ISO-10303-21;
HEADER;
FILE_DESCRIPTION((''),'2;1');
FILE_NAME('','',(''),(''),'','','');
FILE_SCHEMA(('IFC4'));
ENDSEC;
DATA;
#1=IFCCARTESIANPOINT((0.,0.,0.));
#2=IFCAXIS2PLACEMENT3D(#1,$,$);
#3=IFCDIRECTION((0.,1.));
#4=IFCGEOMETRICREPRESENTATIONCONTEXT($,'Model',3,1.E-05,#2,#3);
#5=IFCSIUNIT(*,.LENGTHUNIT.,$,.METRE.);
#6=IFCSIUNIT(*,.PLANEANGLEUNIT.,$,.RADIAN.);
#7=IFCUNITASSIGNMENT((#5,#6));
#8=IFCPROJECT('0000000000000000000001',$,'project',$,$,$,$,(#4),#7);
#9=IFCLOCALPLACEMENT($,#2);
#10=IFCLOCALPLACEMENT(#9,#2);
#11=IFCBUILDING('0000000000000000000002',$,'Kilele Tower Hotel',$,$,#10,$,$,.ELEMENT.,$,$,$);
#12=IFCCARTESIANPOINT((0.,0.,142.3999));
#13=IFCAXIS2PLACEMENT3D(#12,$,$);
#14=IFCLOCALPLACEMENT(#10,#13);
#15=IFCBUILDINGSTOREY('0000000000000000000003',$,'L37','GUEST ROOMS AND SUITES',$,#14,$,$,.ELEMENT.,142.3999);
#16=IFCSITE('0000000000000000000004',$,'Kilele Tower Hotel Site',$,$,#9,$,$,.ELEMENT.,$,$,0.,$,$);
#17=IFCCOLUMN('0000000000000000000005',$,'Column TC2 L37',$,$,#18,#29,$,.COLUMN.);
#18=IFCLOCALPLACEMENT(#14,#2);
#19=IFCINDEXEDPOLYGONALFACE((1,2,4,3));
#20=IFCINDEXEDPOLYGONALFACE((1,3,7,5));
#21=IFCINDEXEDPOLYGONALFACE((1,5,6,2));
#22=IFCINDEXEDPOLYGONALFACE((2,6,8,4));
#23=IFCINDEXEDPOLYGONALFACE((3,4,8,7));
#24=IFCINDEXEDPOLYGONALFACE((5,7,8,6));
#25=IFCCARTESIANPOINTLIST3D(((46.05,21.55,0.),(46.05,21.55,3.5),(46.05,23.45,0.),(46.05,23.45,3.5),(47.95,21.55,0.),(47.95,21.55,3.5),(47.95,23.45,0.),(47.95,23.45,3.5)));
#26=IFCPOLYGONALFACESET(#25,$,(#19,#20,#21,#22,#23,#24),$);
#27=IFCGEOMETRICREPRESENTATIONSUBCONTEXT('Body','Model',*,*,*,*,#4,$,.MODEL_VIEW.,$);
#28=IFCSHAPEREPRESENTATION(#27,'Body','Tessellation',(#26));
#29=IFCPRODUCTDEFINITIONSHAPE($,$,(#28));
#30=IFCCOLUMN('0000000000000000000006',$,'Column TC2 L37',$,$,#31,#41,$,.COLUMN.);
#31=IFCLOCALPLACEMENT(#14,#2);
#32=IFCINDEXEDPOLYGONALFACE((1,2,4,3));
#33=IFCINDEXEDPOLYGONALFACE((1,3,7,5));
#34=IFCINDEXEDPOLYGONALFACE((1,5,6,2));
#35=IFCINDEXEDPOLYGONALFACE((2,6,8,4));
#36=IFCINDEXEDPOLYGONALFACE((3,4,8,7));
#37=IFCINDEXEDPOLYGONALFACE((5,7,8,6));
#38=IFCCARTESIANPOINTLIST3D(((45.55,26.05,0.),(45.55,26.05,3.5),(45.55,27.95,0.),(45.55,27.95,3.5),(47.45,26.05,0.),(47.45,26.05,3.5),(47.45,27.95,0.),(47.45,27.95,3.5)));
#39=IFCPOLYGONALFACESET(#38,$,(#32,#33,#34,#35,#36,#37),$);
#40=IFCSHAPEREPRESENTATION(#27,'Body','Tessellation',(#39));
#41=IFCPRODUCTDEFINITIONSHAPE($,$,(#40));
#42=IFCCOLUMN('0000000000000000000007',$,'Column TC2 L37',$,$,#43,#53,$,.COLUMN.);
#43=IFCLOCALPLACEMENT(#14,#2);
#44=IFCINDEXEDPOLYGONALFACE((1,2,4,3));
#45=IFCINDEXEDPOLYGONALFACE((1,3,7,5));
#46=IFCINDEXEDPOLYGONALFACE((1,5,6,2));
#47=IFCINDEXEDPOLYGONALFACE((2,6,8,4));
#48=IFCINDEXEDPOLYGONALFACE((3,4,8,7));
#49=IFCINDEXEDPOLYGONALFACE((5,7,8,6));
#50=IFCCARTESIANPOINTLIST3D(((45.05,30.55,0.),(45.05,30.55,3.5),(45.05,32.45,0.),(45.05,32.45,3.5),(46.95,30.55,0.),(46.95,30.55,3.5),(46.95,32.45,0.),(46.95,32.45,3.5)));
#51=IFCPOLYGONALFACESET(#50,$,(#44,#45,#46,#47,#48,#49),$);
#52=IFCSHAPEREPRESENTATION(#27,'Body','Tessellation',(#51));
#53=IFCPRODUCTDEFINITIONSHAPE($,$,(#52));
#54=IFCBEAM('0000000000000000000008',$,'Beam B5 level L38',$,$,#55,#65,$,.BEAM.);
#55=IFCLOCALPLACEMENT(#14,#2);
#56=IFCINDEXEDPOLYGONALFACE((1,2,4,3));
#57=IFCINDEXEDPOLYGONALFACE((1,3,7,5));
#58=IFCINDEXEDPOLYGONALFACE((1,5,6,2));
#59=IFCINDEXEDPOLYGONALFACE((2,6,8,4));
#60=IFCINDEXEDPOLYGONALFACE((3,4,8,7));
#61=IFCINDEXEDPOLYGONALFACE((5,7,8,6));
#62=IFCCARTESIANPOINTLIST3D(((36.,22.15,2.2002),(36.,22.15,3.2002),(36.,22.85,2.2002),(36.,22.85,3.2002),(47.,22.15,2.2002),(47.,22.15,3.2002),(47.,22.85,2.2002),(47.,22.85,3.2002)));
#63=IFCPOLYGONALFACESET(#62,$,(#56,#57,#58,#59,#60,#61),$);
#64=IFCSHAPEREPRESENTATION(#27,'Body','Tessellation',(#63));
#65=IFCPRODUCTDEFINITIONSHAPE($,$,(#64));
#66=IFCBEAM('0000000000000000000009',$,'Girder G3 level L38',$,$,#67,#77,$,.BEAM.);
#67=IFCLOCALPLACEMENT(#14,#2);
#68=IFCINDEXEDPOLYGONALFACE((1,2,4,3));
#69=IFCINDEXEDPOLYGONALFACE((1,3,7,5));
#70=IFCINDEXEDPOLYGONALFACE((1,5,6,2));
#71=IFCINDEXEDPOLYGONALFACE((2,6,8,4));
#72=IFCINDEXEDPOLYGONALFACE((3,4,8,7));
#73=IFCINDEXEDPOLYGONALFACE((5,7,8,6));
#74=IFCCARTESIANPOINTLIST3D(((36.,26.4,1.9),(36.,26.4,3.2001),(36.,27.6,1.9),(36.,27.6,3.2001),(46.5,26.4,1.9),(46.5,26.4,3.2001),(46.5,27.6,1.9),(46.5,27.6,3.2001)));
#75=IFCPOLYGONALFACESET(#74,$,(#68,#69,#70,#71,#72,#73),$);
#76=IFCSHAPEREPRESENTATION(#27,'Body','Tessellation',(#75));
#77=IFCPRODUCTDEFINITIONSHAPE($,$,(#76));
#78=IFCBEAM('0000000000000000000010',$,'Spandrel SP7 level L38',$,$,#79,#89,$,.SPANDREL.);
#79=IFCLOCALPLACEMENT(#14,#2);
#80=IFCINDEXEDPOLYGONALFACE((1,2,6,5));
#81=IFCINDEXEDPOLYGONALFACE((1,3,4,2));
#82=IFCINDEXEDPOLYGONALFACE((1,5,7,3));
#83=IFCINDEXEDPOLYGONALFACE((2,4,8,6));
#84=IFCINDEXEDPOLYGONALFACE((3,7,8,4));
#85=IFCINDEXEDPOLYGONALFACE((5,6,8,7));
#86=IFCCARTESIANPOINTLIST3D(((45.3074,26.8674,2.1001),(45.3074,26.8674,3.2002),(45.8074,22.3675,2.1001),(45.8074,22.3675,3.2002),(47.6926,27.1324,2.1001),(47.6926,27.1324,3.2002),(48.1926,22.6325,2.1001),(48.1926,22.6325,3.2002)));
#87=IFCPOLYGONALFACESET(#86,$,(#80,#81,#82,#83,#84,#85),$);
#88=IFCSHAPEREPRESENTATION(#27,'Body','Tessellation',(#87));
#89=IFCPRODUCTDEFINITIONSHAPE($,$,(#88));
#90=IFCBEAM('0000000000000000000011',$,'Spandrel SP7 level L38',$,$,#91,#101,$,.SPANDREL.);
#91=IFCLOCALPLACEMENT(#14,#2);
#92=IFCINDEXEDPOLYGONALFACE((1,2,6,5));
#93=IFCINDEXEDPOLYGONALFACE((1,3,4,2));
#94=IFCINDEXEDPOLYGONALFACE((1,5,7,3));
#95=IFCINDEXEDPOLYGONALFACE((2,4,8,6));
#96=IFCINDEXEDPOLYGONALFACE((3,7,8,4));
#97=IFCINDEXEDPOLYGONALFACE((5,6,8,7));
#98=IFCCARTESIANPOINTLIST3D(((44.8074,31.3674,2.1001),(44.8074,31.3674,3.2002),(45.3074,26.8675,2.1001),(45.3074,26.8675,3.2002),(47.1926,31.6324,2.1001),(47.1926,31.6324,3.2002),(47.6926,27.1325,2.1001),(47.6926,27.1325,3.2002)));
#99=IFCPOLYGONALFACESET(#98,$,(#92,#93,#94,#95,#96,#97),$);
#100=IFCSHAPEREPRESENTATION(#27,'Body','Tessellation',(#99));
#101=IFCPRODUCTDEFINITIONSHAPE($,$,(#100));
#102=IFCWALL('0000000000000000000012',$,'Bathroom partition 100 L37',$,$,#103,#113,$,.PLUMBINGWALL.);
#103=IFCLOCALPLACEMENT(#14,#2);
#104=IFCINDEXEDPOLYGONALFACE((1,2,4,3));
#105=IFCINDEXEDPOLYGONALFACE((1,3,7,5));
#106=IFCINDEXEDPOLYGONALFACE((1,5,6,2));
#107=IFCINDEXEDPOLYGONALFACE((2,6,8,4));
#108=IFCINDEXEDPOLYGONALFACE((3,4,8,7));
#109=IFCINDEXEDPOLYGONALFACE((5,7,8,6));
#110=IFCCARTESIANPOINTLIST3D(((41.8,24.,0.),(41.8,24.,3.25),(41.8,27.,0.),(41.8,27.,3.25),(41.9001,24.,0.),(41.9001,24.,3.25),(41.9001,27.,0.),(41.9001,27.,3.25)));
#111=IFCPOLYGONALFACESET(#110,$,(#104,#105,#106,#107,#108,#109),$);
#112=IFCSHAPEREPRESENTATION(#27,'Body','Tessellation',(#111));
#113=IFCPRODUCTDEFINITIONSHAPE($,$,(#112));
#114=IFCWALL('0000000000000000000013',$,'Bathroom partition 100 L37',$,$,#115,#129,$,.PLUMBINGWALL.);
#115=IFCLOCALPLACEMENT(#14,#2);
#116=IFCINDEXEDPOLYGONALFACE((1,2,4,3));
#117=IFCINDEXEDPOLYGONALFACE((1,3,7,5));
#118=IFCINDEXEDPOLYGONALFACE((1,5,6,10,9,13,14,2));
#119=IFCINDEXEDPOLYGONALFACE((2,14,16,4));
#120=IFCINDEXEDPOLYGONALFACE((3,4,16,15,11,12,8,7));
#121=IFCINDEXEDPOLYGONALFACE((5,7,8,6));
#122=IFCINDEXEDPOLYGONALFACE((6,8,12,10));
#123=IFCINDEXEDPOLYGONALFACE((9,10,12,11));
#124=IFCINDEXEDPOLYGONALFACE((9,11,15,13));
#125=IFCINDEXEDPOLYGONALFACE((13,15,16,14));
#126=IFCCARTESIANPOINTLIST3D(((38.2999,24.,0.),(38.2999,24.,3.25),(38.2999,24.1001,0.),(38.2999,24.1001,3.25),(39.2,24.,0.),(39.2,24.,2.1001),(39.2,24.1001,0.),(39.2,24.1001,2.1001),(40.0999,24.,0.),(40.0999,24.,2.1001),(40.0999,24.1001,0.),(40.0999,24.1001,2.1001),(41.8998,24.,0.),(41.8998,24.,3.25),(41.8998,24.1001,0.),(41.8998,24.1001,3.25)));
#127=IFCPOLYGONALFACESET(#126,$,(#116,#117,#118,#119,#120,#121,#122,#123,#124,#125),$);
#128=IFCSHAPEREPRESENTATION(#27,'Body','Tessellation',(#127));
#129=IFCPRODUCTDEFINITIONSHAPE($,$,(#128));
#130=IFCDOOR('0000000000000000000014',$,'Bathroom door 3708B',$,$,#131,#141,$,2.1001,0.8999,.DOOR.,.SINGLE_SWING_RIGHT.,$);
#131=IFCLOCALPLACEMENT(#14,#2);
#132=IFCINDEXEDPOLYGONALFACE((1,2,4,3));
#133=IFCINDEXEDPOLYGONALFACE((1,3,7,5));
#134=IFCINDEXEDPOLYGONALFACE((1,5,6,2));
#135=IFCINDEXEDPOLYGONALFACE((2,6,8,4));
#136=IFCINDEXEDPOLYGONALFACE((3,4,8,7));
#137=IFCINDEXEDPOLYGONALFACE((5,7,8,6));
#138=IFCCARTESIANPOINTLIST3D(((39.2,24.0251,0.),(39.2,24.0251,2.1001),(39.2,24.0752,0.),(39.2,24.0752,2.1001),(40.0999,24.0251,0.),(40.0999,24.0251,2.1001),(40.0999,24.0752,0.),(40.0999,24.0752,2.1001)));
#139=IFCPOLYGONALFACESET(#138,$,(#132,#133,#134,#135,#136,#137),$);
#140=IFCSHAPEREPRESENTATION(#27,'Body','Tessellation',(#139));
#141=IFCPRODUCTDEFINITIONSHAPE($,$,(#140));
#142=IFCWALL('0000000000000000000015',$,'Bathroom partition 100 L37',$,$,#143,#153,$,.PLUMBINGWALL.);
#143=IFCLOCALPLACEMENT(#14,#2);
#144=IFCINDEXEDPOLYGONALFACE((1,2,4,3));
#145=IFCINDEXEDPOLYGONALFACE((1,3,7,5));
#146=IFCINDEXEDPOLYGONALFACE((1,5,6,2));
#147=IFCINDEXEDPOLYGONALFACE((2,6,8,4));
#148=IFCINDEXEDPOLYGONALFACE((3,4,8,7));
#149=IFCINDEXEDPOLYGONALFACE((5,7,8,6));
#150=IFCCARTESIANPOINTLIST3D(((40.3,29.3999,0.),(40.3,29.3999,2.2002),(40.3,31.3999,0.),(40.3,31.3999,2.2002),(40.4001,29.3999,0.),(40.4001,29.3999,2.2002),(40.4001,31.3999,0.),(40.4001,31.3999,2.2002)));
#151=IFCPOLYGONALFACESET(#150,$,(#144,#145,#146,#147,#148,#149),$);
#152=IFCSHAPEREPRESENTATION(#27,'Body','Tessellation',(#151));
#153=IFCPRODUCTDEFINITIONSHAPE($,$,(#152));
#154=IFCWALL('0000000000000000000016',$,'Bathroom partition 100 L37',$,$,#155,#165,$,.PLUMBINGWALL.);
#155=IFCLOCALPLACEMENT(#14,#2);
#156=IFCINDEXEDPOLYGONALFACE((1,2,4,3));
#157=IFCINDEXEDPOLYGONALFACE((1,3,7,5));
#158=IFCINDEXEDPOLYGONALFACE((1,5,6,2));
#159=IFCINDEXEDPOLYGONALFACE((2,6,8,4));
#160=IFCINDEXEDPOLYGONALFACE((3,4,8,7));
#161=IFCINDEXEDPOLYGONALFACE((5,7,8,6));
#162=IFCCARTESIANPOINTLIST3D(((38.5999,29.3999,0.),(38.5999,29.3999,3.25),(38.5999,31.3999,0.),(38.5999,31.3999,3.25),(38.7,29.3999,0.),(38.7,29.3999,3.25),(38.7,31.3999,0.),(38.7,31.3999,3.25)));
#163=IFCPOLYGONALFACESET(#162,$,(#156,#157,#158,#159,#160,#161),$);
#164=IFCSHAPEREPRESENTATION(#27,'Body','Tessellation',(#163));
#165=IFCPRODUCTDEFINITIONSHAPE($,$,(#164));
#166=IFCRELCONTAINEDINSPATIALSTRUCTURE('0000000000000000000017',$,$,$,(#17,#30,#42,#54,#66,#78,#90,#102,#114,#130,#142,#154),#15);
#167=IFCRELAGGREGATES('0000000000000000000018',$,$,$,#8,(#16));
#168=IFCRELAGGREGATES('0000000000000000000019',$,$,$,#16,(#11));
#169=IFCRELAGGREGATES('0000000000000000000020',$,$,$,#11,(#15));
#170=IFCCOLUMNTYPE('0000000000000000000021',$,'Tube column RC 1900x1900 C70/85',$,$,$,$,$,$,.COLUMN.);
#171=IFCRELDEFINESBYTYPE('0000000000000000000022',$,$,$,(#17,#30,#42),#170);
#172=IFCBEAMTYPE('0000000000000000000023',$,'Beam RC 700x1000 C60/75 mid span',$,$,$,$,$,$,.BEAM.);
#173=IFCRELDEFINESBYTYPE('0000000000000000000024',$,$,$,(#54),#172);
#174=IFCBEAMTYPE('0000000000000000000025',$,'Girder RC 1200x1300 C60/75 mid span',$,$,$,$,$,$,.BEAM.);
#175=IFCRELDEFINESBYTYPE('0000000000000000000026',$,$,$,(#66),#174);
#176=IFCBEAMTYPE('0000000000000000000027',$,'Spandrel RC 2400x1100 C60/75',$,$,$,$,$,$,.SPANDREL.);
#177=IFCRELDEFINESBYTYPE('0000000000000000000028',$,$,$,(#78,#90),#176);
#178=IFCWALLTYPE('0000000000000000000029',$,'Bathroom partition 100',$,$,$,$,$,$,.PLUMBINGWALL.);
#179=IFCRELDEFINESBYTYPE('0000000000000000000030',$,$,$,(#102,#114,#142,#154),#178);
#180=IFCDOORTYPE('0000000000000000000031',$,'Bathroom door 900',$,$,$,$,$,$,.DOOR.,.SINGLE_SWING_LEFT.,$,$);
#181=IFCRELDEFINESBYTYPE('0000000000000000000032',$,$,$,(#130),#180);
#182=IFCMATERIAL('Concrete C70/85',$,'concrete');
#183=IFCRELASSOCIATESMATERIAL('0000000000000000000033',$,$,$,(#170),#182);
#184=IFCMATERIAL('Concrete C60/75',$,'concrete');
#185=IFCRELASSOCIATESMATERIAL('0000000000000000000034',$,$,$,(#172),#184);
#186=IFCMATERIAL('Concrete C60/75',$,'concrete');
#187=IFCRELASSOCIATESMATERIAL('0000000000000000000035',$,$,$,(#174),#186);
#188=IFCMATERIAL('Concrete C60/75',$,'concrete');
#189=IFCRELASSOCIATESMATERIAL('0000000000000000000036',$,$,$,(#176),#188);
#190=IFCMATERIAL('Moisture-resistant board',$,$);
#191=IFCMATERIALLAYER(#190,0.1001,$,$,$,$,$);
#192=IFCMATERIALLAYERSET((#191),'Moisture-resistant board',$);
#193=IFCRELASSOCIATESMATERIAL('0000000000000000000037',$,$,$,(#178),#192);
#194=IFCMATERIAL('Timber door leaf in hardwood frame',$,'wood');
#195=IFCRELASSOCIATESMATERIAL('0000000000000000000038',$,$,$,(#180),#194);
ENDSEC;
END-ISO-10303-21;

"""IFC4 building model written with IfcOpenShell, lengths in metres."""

from ifc_helpers import new_model, si_unit, direction, frame, frame_2d, origin, origin_2d, place, context, subcontext, project, spatial, rectangle, extrude, material, layer, layer_set, material_profile, profile_set, type_object, element, fill, save


model = new_model("IFC4")

# Units and contexts
model_context = context("Model", 3, precision=1e-05, world=origin(), true_north=direction((0.0, 1.0)))
body_context = subcontext(model_context, "Body", "Model", "MODEL_VIEW")
ifc_project = project(units=[si_unit("LENGTHUNIT", "METRE"), si_unit("PLANEANGLEUNIT", "RADIAN")], contexts=[model_context])

# Site, building, storey
site_placement = place(None, origin())
site = spatial("IfcSite", under=ifc_project, at=site_placement, Name="Kilele Tower Hotel Site", CompositionType="ELEMENT", RefElevation=0.0)
building_placement = place(site_placement, origin())
building = spatial("IfcBuilding", under=site, at=building_placement, Name="Kilele Tower Hotel", CompositionType="ELEMENT")
storey_placement = place(building_placement, frame((0.0, 0.0, 142.3999)))
storey = spatial("IfcBuildingStorey", under=building, at=storey_placement, Name="L37", Description="GUEST ROOMS AND SUITES", CompositionType="ELEMENT", Elevation=142.3999)

# Columns
ifc_material_1 = material(Name="Concrete C70/85", Category="concrete")
ifc_material_profile_1 = material_profile(ifc_material_1, rectangle(XDim=1.8999, YDim=1.8999, at=origin_2d()))
ifc_profile_set_1 = profile_set([ifc_material_profile_1], Name="Concrete C70/85")
column_type = type_object("IfcColumnType", Name="Tube column RC 1900x1900 C70/85", PredefinedType="COLUMN", material=ifc_profile_set_1)
for number, where, z_axis, x_axis, name in (
    (1, (47.0, 22.5, 0.0), (0.0, 0.0, 1.0), (1.0, 0.0, 0.0), "Column TC2 L37"),
    (2, (46.5, 27.0, 0.0), (0.0, 0.0, 1.0), (1.0, 0.0, 0.0), "Column TC2 L37"),
    (3, (46.0, 31.5, 0.0), (0.0, 0.0, 1.0), (1.0, 0.0, 0.0), "Column TC2 L37"),
):
    element("IfcColumn", number, at=place(storey_placement, frame(where, z_axis=z_axis, x_axis=x_axis)), inside=storey, type_object=column_type, Name=name, PredefinedType="COLUMN", context=body_context, shape_type="SweptSolid", body=[
        extrude(rectangle(XDim=1.8999, YDim=1.8999, at=origin_2d()), origin(), (0.0, 0.0, 1.0), 3.5),
    ])

# Beams
ifc_material_2 = material(Name="Concrete C60/75", Category="concrete")
ifc_material_profile_2 = material_profile(ifc_material_2, rectangle(XDim=0.7, YDim=1.0, at=origin_2d()))
ifc_profile_set_2 = profile_set([ifc_material_profile_2], Name="Concrete C60/75")
beam_type_1 = type_object("IfcBeamType", Name="Beam RC 700x1000 C60/75 mid span", PredefinedType="BEAM", material=ifc_profile_set_2)
beam_1_placement = place(storey_placement, frame((47.0, 22.5, 2.7002), z_axis=(-1.0, 0.0, 0.0), x_axis=(0.0, -1.0, 0.0)))
element("IfcBeam", 4, at=beam_1_placement, inside=storey, type_object=beam_type_1, Name="Beam B5 level L38", PredefinedType="BEAM", context=body_context, shape_type="SweptSolid", body=[
    extrude(rectangle(XDim=0.7, YDim=1.0, at=origin_2d()), origin(), (0.0, 0.0, 1.0), 11.0),
])
ifc_material_3 = material(Name="Concrete C60/75", Category="concrete")
ifc_material_profile_3 = material_profile(ifc_material_3, rectangle(XDim=1.2, YDim=1.3, at=origin_2d()))
ifc_profile_set_3 = profile_set([ifc_material_profile_3], Name="Concrete C60/75")
beam_type_2 = type_object("IfcBeamType", Name="Girder RC 1200x1300 C60/75 mid span", PredefinedType="BEAM", material=ifc_profile_set_3)
beam_2_placement = place(storey_placement, frame((46.5, 27.0, 2.55), z_axis=(-1.0, 0.0, 0.0), x_axis=(0.0, -1.0, 0.0)))
element("IfcBeam", 5, at=beam_2_placement, inside=storey, type_object=beam_type_2, Name="Girder G3 level L38", PredefinedType="BEAM", context=body_context, shape_type="SweptSolid", body=[
    extrude(rectangle(XDim=1.2, YDim=1.3, at=origin_2d()), origin(), (0.0, 0.0, 1.0), 10.5),
])
ifc_material_4 = material(Name="Concrete C60/75", Category="concrete")
ifc_material_profile_4 = material_profile(ifc_material_4, rectangle(XDim=2.3999, YDim=1.1001, at=origin_2d()))
ifc_profile_set_4 = profile_set([ifc_material_profile_4], Name="Concrete C60/75")
beam_type_3 = type_object("IfcBeamType", Name="Spandrel RC 2400x1100 C60/75", PredefinedType="SPANDREL", material=ifc_profile_set_4)
for number, where, z_axis, x_axis, name in (
    (6, (47.0, 22.5, 2.6501), (-0.110432, 0.993884, 0.0), (-0.993884, -0.110432, 0.0), "Spandrel SP7 level L38"),
    (7, (46.5, 27.0, 2.6501), (-0.110432, 0.993884, 0.0), (-0.993884, -0.110432, 0.0), "Spandrel SP7 level L38"),
):
    element("IfcBeam", number, at=place(storey_placement, frame(where, z_axis=z_axis, x_axis=x_axis)), inside=storey, type_object=beam_type_3, Name=name, PredefinedType="SPANDREL", context=body_context, shape_type="SweptSolid", body=[
        extrude(rectangle(XDim=2.3999, YDim=1.1001, at=origin_2d()), origin(), (0.0, 0.0, 1.0), 4.5276),
    ])

# Wall
ifc_material_5 = material(Name="Moisture-resistant board")
ifc_layer_1 = layer(ifc_material_5, 0.1001)
ifc_layer_set_1 = layer_set([ifc_layer_1], Name="Moisture-resistant board")
wall_type_1 = type_object("IfcWallType", Name="Bathroom partition 100", PredefinedType="PLUMBINGWALL", material=ifc_layer_set_1)
wall_1_placement = place(storey_placement, frame((41.8501, 24.0, 0.0), z_axis=(0.0, 0.0, 1.0), x_axis=(0.0, 1.0, 0.0)))
element("IfcWall", 8, at=wall_1_placement, inside=storey, type_object=wall_type_1, Name="Bathroom partition 100 L37", PredefinedType="PLUMBINGWALL", context=body_context, shape_type="SweptSolid", body=[
    extrude(rectangle(XDim=3.0, YDim=0.1001, at=frame_2d((1.5, 0.0))), origin(), (0.0, 0.0, 1.0), 3.25),
])

# Wall, opening, door
wall_2_placement = place(storey_placement, frame((38.3, 24.05, 0.0), z_axis=(0.0, 0.0, 1.0), x_axis=(1.0, 0.0, 0.0)))
wall_2 = element("IfcWall", 9, at=wall_2_placement, inside=storey, type_object=wall_type_1, Name="Bathroom partition 100 L37", PredefinedType="PLUMBINGWALL", context=body_context, shape_type="SweptSolid", body=[
    extrude(rectangle(XDim=3.5999, YDim=0.1001, at=frame_2d((1.7998, 0.0))), origin(), (0.0, 0.0, 1.0), 3.25),
])
opening_1_placement = place(wall_2_placement, frame((1.7998, 0.0, 0.0), z_axis=(0.0, 0.0, 1.0), x_axis=(-1.0, 0.0, 0.0)))
opening_1 = element("IfcOpeningElement", 10, at=opening_1_placement, cuts=wall_2, PredefinedType="OPENING", context=body_context, shape_type="SweptSolid", body=[
    extrude(rectangle(XDim=0.8999, YDim=2.1001, at=frame_2d((0.45, 1.05))), frame((0.0, 0.0601, 0.0), z_axis=(0.0, -1.0, 0.0), x_axis=(1.0, 0.0, 0.0)), (0.0, 0.0, 1.0), 0.1201),
])
ifc_material_6 = material(Name="Timber door leaf in hardwood frame", Category="wood")
door_type_1 = type_object("IfcDoorType", Name="Bathroom door 900", OperationType="SINGLE_SWING_LEFT", PredefinedType="DOOR", material=ifc_material_6)
door_1_placement = place(opening_1_placement, origin())
door_1 = element("IfcDoor", 11, at=door_1_placement, inside=storey, type_object=door_type_1, Name="Bathroom door 3708B", OperationType="SINGLE_SWING_RIGHT", OverallHeight=2.1001, OverallWidth=0.8999, PredefinedType="DOOR", context=body_context, shape_type="SweptSolid", body=[
    extrude(rectangle(XDim=0.8999, YDim=2.1001, at=frame_2d((0.45, 1.05))), frame((0.0, 0.0249, 0.0), z_axis=(0.0, -1.0, 0.0), x_axis=(1.0, 0.0, 0.0)), (0.0, 0.0, 1.0), 0.05),
])
fill(opening_1, door_1)

# Walls
wall_3_placement = place(storey_placement, frame((40.3501, 31.3999, 0.0), z_axis=(0.0, 0.0, 1.0), x_axis=(0.0, -1.0, 0.0)))
element("IfcWall", 12, at=wall_3_placement, inside=storey, type_object=wall_type_1, Name="Bathroom partition 100 L37", PredefinedType="PLUMBINGWALL", context=body_context, shape_type="SweptSolid", body=[
    extrude(rectangle(XDim=2.0, YDim=0.1001, at=frame_2d((1.0, 0.0))), origin(), (0.0, 0.0, 1.0), 2.2002),
])
wall_4_placement = place(storey_placement, frame((38.6499, 31.3999, 0.0), z_axis=(0.0, 0.0, 1.0), x_axis=(0.0, -1.0, 0.0)))
element("IfcWall", 13, at=wall_4_placement, inside=storey, type_object=wall_type_1, Name="Bathroom partition 100 L37", PredefinedType="PLUMBINGWALL", context=body_context, shape_type="SweptSolid", body=[
    extrude(rectangle(XDim=2.0, YDim=0.1001, at=frame_2d((1.0, 0.0))), origin(), (0.0, 0.0, 1.0), 3.25),
])

save(model, "model.ifc")
